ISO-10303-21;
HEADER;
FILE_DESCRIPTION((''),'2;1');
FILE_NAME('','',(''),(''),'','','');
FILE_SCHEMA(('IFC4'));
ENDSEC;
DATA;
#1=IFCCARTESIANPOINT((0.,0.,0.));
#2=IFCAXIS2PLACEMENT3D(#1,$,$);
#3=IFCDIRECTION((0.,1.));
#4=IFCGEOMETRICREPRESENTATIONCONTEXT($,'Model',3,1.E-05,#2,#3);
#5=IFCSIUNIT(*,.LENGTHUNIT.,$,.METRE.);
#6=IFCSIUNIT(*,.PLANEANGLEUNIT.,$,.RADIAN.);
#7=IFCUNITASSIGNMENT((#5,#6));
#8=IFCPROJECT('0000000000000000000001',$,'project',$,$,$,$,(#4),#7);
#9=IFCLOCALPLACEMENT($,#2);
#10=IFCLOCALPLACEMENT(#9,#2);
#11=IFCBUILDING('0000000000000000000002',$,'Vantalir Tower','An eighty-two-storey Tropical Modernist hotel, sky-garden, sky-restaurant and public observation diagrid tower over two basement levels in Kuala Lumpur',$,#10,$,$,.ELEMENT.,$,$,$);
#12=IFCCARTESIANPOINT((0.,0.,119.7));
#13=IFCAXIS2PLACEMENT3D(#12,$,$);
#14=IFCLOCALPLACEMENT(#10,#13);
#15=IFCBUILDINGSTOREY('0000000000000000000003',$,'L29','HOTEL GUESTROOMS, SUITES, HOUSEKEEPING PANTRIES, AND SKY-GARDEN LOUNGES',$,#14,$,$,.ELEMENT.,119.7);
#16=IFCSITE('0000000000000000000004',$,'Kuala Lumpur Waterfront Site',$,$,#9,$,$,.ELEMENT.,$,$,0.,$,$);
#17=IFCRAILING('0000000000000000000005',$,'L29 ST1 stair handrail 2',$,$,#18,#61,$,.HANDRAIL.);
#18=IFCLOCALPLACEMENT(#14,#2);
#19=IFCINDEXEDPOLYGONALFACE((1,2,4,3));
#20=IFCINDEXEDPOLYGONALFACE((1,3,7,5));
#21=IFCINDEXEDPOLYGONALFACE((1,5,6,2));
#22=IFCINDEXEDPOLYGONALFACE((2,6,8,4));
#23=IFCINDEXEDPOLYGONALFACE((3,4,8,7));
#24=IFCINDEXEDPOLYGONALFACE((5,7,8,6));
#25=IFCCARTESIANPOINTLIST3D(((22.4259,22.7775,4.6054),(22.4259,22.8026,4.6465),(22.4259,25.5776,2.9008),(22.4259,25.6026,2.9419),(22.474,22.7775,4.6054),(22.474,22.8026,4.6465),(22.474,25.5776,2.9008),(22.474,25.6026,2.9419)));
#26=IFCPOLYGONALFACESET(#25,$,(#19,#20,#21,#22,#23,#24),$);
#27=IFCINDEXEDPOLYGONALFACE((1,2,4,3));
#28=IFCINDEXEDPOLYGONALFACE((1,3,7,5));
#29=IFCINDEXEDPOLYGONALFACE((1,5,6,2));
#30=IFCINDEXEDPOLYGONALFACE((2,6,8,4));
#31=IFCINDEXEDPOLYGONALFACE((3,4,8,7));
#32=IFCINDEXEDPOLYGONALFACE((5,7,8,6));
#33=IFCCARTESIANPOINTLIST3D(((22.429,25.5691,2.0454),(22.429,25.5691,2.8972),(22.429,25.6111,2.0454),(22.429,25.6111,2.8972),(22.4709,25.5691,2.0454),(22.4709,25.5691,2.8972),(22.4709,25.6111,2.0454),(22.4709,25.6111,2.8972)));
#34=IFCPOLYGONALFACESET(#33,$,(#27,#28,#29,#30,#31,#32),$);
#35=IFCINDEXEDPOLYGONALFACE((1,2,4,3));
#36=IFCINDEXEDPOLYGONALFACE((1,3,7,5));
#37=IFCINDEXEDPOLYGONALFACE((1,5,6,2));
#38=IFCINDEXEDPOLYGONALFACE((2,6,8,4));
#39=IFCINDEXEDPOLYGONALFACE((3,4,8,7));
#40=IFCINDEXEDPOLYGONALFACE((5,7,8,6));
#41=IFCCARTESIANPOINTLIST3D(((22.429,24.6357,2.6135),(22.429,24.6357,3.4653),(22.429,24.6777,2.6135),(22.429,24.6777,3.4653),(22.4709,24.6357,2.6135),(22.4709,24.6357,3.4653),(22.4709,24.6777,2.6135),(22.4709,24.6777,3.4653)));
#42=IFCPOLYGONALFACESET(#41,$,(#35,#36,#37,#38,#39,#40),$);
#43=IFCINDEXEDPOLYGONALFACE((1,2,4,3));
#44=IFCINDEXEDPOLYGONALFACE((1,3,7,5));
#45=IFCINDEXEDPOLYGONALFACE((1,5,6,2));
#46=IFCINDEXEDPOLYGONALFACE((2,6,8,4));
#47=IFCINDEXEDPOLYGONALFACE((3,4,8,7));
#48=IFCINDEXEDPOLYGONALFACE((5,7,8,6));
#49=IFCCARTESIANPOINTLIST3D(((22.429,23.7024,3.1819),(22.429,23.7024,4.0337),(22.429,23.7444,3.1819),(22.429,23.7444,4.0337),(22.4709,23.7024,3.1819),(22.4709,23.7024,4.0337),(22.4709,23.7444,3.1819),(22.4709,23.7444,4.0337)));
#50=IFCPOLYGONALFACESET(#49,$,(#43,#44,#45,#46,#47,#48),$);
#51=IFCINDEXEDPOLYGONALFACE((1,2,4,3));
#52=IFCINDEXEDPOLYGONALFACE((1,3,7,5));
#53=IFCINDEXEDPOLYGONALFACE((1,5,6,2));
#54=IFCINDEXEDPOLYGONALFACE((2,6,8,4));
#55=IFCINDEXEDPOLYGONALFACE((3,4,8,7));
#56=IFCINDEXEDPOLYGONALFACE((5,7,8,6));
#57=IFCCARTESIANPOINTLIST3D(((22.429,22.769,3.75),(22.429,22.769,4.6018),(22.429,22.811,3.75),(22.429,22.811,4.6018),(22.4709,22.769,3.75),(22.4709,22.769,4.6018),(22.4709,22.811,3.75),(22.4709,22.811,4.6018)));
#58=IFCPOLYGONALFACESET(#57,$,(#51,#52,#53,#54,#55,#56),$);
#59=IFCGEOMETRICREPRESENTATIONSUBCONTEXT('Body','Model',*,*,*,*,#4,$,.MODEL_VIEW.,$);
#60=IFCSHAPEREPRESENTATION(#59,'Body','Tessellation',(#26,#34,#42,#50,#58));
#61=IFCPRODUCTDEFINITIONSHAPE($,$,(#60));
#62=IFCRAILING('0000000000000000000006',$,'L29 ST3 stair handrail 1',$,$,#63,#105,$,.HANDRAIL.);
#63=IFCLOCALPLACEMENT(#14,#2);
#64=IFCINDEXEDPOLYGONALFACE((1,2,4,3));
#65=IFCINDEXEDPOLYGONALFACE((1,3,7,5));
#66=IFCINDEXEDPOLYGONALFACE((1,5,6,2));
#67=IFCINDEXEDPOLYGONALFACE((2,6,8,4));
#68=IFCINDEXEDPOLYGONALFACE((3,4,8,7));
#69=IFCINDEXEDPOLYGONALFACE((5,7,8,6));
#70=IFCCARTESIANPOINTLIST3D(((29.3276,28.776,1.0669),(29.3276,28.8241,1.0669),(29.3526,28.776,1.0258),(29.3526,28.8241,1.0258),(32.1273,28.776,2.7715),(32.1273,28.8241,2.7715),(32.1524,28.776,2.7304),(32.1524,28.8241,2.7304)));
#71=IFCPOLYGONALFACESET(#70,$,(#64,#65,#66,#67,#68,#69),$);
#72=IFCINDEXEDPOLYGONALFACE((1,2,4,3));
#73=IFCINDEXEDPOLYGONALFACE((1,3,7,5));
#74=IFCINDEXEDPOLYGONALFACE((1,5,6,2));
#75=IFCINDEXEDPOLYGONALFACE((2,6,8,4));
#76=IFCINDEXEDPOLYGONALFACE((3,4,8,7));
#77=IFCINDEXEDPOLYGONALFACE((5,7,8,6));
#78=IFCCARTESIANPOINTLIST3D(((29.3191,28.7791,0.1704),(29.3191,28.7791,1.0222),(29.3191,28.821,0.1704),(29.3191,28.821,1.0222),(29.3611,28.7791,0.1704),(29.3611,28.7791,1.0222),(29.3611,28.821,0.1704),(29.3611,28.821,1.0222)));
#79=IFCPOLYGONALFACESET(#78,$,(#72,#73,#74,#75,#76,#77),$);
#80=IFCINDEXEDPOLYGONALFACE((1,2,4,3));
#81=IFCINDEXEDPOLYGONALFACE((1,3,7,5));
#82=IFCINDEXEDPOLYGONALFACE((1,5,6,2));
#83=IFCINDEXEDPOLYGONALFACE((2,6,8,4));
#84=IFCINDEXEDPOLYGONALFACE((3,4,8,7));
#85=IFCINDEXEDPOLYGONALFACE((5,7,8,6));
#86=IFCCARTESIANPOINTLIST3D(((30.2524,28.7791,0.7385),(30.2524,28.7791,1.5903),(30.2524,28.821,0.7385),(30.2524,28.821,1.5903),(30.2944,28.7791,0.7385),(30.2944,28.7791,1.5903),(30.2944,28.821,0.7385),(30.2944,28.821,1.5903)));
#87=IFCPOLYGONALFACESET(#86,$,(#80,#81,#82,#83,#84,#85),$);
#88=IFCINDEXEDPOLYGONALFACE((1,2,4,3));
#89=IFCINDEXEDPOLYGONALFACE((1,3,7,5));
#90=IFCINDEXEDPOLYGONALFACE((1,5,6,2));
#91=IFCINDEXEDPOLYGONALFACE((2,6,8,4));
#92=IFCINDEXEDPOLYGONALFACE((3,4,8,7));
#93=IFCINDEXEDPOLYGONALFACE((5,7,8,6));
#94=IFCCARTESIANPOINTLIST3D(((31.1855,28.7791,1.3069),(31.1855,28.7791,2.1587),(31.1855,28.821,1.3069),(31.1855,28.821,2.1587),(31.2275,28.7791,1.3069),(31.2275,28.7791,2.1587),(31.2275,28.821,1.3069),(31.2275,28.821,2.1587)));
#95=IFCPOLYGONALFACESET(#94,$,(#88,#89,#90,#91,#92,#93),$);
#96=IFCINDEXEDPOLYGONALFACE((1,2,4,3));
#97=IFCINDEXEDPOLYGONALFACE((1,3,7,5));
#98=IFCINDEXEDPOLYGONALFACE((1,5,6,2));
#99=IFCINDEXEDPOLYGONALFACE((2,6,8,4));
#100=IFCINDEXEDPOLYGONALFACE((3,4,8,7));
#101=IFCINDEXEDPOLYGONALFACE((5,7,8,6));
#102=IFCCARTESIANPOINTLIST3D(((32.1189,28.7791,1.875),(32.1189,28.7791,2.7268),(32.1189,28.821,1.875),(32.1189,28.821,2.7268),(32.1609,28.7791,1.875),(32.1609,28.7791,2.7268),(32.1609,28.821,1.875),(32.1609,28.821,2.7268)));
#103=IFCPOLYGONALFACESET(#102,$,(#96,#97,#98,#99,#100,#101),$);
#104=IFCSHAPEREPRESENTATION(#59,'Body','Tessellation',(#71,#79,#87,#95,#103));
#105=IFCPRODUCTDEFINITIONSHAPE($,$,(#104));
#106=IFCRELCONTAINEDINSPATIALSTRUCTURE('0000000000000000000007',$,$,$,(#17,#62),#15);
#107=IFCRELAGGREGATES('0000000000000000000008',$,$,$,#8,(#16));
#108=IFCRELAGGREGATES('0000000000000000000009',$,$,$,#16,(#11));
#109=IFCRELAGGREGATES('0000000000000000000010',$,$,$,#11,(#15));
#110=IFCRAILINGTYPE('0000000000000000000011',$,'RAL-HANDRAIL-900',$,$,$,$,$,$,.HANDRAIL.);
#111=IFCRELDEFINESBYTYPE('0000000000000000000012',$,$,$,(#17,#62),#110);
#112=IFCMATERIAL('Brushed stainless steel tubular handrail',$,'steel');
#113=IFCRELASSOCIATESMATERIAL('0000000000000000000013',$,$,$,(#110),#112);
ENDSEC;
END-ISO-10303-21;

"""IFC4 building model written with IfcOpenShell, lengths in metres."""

from ifc_helpers import new_model, si_unit, direction, frame, origin, origin_2d, place, context, subcontext, project, spatial, rectangle, extrude, material, type_object, element, save


model = new_model("IFC4")

# Units and contexts
model_context = context("Model", 3, precision=1e-05, world=origin(), true_north=direction((0.0, 1.0)))
body_context = subcontext(model_context, "Body", "Model", "MODEL_VIEW")
ifc_project = project(units=[si_unit("LENGTHUNIT", "METRE"), si_unit("PLANEANGLEUNIT", "RADIAN")], contexts=[model_context])

# Site, building, storey
site_placement = place(None, origin())
site = spatial("IfcSite", under=ifc_project, at=site_placement, Name="Kuala Lumpur Waterfront Site", CompositionType="ELEMENT", RefElevation=0.0)
building_placement = place(site_placement, origin())
building = spatial("IfcBuilding", under=site, at=building_placement, Name="Vantalir Tower", Description="An eighty-two-storey Tropical Modernist hotel, sky-garden, sky-restaurant and public observation diagrid tower over two basement levels in Kuala Lumpur", CompositionType="ELEMENT")
storey_placement = place(building_placement, frame((0.0, 0.0, 119.7)))
storey = spatial("IfcBuildingStorey", under=building, at=storey_placement, Name="L29", Description="HOTEL GUESTROOMS, SUITES, HOUSEKEEPING PANTRIES, AND SKY-GARDEN LOUNGES", CompositionType="ELEMENT", Elevation=119.7)

# Railings
ifc_material_1 = material(Name="Brushed stainless steel tubular handrail", Category="steel")
railing_type_1 = type_object("IfcRailingType", Name="RAL-HANDRAIL-900", PredefinedType="HANDRAIL", material=ifc_material_1)
railing_1_placement = place(storey_placement, frame((22.45, 25.5901, 2.0454)))
element("IfcRailing", 1, at=railing_1_placement, inside=storey, type_object=railing_type_1, Name="L29 ST1 stair handrail 2", PredefinedType="HANDRAIL", context=body_context, shape_type="SweptSolid", body=[
    extrude(rectangle(XDim=0.0481, YDim=0.0481, at=origin_2d()), frame((0.0, 0.0, 0.876), z_axis=(0.0, -0.85417, 0.519994), x_axis=(1.0, 0.0, 0.0)), (0.0, 0.0, 1.0), 3.2781),
    extrude(rectangle(XDim=0.042, YDim=0.042, at=origin_2d()), origin(), (0.0, 0.0, 1.0), 0.8518),
    extrude(rectangle(XDim=0.042, YDim=0.042, at=origin_2d()), frame((0.0, -0.9333, 0.5681)), (0.0, 0.0, 1.0), 0.8518),
    extrude(rectangle(XDim=0.042, YDim=0.042, at=origin_2d()), frame((0.0, -1.8667, 1.1365)), (0.0, 0.0, 1.0), 0.8518),
    extrude(rectangle(XDim=0.042, YDim=0.042, at=origin_2d()), frame((0.0, -2.8, 1.7046)), (0.0, 0.0, 1.0), 0.8518),
])
railing_2_placement = place(storey_placement, frame((29.3401, 28.8, 0.1704)))
element("IfcRailing", 2, at=railing_2_placement, inside=storey, type_object=railing_type_1, Name="L29 ST3 stair handrail 1", PredefinedType="HANDRAIL", context=body_context, shape_type="SweptSolid", body=[
    extrude(rectangle(XDim=0.0481, YDim=0.0481, at=origin_2d()), frame((0.0, 0.0, 0.876), z_axis=(0.85415, 0.0, 0.520027), x_axis=(0.0, 1.0, 0.0)), (0.0, 0.0, 1.0), 3.2778),
    extrude(rectangle(XDim=0.042, YDim=0.042, at=origin_2d()), origin(), (0.0, 0.0, 1.0), 0.8518),
    extrude(rectangle(XDim=0.042, YDim=0.042, at=origin_2d()), frame((0.9333, 0.0, 0.5681)), (0.0, 0.0, 1.0), 0.8518),
    extrude(rectangle(XDim=0.042, YDim=0.042, at=origin_2d()), frame((1.8665, 0.0, 1.1365)), (0.0, 0.0, 1.0), 0.8518),
    extrude(rectangle(XDim=0.042, YDim=0.042, at=origin_2d()), frame((2.7998, 0.0, 1.7046)), (0.0, 0.0, 1.0), 0.8518),
])

save(model, "model.ifc")
